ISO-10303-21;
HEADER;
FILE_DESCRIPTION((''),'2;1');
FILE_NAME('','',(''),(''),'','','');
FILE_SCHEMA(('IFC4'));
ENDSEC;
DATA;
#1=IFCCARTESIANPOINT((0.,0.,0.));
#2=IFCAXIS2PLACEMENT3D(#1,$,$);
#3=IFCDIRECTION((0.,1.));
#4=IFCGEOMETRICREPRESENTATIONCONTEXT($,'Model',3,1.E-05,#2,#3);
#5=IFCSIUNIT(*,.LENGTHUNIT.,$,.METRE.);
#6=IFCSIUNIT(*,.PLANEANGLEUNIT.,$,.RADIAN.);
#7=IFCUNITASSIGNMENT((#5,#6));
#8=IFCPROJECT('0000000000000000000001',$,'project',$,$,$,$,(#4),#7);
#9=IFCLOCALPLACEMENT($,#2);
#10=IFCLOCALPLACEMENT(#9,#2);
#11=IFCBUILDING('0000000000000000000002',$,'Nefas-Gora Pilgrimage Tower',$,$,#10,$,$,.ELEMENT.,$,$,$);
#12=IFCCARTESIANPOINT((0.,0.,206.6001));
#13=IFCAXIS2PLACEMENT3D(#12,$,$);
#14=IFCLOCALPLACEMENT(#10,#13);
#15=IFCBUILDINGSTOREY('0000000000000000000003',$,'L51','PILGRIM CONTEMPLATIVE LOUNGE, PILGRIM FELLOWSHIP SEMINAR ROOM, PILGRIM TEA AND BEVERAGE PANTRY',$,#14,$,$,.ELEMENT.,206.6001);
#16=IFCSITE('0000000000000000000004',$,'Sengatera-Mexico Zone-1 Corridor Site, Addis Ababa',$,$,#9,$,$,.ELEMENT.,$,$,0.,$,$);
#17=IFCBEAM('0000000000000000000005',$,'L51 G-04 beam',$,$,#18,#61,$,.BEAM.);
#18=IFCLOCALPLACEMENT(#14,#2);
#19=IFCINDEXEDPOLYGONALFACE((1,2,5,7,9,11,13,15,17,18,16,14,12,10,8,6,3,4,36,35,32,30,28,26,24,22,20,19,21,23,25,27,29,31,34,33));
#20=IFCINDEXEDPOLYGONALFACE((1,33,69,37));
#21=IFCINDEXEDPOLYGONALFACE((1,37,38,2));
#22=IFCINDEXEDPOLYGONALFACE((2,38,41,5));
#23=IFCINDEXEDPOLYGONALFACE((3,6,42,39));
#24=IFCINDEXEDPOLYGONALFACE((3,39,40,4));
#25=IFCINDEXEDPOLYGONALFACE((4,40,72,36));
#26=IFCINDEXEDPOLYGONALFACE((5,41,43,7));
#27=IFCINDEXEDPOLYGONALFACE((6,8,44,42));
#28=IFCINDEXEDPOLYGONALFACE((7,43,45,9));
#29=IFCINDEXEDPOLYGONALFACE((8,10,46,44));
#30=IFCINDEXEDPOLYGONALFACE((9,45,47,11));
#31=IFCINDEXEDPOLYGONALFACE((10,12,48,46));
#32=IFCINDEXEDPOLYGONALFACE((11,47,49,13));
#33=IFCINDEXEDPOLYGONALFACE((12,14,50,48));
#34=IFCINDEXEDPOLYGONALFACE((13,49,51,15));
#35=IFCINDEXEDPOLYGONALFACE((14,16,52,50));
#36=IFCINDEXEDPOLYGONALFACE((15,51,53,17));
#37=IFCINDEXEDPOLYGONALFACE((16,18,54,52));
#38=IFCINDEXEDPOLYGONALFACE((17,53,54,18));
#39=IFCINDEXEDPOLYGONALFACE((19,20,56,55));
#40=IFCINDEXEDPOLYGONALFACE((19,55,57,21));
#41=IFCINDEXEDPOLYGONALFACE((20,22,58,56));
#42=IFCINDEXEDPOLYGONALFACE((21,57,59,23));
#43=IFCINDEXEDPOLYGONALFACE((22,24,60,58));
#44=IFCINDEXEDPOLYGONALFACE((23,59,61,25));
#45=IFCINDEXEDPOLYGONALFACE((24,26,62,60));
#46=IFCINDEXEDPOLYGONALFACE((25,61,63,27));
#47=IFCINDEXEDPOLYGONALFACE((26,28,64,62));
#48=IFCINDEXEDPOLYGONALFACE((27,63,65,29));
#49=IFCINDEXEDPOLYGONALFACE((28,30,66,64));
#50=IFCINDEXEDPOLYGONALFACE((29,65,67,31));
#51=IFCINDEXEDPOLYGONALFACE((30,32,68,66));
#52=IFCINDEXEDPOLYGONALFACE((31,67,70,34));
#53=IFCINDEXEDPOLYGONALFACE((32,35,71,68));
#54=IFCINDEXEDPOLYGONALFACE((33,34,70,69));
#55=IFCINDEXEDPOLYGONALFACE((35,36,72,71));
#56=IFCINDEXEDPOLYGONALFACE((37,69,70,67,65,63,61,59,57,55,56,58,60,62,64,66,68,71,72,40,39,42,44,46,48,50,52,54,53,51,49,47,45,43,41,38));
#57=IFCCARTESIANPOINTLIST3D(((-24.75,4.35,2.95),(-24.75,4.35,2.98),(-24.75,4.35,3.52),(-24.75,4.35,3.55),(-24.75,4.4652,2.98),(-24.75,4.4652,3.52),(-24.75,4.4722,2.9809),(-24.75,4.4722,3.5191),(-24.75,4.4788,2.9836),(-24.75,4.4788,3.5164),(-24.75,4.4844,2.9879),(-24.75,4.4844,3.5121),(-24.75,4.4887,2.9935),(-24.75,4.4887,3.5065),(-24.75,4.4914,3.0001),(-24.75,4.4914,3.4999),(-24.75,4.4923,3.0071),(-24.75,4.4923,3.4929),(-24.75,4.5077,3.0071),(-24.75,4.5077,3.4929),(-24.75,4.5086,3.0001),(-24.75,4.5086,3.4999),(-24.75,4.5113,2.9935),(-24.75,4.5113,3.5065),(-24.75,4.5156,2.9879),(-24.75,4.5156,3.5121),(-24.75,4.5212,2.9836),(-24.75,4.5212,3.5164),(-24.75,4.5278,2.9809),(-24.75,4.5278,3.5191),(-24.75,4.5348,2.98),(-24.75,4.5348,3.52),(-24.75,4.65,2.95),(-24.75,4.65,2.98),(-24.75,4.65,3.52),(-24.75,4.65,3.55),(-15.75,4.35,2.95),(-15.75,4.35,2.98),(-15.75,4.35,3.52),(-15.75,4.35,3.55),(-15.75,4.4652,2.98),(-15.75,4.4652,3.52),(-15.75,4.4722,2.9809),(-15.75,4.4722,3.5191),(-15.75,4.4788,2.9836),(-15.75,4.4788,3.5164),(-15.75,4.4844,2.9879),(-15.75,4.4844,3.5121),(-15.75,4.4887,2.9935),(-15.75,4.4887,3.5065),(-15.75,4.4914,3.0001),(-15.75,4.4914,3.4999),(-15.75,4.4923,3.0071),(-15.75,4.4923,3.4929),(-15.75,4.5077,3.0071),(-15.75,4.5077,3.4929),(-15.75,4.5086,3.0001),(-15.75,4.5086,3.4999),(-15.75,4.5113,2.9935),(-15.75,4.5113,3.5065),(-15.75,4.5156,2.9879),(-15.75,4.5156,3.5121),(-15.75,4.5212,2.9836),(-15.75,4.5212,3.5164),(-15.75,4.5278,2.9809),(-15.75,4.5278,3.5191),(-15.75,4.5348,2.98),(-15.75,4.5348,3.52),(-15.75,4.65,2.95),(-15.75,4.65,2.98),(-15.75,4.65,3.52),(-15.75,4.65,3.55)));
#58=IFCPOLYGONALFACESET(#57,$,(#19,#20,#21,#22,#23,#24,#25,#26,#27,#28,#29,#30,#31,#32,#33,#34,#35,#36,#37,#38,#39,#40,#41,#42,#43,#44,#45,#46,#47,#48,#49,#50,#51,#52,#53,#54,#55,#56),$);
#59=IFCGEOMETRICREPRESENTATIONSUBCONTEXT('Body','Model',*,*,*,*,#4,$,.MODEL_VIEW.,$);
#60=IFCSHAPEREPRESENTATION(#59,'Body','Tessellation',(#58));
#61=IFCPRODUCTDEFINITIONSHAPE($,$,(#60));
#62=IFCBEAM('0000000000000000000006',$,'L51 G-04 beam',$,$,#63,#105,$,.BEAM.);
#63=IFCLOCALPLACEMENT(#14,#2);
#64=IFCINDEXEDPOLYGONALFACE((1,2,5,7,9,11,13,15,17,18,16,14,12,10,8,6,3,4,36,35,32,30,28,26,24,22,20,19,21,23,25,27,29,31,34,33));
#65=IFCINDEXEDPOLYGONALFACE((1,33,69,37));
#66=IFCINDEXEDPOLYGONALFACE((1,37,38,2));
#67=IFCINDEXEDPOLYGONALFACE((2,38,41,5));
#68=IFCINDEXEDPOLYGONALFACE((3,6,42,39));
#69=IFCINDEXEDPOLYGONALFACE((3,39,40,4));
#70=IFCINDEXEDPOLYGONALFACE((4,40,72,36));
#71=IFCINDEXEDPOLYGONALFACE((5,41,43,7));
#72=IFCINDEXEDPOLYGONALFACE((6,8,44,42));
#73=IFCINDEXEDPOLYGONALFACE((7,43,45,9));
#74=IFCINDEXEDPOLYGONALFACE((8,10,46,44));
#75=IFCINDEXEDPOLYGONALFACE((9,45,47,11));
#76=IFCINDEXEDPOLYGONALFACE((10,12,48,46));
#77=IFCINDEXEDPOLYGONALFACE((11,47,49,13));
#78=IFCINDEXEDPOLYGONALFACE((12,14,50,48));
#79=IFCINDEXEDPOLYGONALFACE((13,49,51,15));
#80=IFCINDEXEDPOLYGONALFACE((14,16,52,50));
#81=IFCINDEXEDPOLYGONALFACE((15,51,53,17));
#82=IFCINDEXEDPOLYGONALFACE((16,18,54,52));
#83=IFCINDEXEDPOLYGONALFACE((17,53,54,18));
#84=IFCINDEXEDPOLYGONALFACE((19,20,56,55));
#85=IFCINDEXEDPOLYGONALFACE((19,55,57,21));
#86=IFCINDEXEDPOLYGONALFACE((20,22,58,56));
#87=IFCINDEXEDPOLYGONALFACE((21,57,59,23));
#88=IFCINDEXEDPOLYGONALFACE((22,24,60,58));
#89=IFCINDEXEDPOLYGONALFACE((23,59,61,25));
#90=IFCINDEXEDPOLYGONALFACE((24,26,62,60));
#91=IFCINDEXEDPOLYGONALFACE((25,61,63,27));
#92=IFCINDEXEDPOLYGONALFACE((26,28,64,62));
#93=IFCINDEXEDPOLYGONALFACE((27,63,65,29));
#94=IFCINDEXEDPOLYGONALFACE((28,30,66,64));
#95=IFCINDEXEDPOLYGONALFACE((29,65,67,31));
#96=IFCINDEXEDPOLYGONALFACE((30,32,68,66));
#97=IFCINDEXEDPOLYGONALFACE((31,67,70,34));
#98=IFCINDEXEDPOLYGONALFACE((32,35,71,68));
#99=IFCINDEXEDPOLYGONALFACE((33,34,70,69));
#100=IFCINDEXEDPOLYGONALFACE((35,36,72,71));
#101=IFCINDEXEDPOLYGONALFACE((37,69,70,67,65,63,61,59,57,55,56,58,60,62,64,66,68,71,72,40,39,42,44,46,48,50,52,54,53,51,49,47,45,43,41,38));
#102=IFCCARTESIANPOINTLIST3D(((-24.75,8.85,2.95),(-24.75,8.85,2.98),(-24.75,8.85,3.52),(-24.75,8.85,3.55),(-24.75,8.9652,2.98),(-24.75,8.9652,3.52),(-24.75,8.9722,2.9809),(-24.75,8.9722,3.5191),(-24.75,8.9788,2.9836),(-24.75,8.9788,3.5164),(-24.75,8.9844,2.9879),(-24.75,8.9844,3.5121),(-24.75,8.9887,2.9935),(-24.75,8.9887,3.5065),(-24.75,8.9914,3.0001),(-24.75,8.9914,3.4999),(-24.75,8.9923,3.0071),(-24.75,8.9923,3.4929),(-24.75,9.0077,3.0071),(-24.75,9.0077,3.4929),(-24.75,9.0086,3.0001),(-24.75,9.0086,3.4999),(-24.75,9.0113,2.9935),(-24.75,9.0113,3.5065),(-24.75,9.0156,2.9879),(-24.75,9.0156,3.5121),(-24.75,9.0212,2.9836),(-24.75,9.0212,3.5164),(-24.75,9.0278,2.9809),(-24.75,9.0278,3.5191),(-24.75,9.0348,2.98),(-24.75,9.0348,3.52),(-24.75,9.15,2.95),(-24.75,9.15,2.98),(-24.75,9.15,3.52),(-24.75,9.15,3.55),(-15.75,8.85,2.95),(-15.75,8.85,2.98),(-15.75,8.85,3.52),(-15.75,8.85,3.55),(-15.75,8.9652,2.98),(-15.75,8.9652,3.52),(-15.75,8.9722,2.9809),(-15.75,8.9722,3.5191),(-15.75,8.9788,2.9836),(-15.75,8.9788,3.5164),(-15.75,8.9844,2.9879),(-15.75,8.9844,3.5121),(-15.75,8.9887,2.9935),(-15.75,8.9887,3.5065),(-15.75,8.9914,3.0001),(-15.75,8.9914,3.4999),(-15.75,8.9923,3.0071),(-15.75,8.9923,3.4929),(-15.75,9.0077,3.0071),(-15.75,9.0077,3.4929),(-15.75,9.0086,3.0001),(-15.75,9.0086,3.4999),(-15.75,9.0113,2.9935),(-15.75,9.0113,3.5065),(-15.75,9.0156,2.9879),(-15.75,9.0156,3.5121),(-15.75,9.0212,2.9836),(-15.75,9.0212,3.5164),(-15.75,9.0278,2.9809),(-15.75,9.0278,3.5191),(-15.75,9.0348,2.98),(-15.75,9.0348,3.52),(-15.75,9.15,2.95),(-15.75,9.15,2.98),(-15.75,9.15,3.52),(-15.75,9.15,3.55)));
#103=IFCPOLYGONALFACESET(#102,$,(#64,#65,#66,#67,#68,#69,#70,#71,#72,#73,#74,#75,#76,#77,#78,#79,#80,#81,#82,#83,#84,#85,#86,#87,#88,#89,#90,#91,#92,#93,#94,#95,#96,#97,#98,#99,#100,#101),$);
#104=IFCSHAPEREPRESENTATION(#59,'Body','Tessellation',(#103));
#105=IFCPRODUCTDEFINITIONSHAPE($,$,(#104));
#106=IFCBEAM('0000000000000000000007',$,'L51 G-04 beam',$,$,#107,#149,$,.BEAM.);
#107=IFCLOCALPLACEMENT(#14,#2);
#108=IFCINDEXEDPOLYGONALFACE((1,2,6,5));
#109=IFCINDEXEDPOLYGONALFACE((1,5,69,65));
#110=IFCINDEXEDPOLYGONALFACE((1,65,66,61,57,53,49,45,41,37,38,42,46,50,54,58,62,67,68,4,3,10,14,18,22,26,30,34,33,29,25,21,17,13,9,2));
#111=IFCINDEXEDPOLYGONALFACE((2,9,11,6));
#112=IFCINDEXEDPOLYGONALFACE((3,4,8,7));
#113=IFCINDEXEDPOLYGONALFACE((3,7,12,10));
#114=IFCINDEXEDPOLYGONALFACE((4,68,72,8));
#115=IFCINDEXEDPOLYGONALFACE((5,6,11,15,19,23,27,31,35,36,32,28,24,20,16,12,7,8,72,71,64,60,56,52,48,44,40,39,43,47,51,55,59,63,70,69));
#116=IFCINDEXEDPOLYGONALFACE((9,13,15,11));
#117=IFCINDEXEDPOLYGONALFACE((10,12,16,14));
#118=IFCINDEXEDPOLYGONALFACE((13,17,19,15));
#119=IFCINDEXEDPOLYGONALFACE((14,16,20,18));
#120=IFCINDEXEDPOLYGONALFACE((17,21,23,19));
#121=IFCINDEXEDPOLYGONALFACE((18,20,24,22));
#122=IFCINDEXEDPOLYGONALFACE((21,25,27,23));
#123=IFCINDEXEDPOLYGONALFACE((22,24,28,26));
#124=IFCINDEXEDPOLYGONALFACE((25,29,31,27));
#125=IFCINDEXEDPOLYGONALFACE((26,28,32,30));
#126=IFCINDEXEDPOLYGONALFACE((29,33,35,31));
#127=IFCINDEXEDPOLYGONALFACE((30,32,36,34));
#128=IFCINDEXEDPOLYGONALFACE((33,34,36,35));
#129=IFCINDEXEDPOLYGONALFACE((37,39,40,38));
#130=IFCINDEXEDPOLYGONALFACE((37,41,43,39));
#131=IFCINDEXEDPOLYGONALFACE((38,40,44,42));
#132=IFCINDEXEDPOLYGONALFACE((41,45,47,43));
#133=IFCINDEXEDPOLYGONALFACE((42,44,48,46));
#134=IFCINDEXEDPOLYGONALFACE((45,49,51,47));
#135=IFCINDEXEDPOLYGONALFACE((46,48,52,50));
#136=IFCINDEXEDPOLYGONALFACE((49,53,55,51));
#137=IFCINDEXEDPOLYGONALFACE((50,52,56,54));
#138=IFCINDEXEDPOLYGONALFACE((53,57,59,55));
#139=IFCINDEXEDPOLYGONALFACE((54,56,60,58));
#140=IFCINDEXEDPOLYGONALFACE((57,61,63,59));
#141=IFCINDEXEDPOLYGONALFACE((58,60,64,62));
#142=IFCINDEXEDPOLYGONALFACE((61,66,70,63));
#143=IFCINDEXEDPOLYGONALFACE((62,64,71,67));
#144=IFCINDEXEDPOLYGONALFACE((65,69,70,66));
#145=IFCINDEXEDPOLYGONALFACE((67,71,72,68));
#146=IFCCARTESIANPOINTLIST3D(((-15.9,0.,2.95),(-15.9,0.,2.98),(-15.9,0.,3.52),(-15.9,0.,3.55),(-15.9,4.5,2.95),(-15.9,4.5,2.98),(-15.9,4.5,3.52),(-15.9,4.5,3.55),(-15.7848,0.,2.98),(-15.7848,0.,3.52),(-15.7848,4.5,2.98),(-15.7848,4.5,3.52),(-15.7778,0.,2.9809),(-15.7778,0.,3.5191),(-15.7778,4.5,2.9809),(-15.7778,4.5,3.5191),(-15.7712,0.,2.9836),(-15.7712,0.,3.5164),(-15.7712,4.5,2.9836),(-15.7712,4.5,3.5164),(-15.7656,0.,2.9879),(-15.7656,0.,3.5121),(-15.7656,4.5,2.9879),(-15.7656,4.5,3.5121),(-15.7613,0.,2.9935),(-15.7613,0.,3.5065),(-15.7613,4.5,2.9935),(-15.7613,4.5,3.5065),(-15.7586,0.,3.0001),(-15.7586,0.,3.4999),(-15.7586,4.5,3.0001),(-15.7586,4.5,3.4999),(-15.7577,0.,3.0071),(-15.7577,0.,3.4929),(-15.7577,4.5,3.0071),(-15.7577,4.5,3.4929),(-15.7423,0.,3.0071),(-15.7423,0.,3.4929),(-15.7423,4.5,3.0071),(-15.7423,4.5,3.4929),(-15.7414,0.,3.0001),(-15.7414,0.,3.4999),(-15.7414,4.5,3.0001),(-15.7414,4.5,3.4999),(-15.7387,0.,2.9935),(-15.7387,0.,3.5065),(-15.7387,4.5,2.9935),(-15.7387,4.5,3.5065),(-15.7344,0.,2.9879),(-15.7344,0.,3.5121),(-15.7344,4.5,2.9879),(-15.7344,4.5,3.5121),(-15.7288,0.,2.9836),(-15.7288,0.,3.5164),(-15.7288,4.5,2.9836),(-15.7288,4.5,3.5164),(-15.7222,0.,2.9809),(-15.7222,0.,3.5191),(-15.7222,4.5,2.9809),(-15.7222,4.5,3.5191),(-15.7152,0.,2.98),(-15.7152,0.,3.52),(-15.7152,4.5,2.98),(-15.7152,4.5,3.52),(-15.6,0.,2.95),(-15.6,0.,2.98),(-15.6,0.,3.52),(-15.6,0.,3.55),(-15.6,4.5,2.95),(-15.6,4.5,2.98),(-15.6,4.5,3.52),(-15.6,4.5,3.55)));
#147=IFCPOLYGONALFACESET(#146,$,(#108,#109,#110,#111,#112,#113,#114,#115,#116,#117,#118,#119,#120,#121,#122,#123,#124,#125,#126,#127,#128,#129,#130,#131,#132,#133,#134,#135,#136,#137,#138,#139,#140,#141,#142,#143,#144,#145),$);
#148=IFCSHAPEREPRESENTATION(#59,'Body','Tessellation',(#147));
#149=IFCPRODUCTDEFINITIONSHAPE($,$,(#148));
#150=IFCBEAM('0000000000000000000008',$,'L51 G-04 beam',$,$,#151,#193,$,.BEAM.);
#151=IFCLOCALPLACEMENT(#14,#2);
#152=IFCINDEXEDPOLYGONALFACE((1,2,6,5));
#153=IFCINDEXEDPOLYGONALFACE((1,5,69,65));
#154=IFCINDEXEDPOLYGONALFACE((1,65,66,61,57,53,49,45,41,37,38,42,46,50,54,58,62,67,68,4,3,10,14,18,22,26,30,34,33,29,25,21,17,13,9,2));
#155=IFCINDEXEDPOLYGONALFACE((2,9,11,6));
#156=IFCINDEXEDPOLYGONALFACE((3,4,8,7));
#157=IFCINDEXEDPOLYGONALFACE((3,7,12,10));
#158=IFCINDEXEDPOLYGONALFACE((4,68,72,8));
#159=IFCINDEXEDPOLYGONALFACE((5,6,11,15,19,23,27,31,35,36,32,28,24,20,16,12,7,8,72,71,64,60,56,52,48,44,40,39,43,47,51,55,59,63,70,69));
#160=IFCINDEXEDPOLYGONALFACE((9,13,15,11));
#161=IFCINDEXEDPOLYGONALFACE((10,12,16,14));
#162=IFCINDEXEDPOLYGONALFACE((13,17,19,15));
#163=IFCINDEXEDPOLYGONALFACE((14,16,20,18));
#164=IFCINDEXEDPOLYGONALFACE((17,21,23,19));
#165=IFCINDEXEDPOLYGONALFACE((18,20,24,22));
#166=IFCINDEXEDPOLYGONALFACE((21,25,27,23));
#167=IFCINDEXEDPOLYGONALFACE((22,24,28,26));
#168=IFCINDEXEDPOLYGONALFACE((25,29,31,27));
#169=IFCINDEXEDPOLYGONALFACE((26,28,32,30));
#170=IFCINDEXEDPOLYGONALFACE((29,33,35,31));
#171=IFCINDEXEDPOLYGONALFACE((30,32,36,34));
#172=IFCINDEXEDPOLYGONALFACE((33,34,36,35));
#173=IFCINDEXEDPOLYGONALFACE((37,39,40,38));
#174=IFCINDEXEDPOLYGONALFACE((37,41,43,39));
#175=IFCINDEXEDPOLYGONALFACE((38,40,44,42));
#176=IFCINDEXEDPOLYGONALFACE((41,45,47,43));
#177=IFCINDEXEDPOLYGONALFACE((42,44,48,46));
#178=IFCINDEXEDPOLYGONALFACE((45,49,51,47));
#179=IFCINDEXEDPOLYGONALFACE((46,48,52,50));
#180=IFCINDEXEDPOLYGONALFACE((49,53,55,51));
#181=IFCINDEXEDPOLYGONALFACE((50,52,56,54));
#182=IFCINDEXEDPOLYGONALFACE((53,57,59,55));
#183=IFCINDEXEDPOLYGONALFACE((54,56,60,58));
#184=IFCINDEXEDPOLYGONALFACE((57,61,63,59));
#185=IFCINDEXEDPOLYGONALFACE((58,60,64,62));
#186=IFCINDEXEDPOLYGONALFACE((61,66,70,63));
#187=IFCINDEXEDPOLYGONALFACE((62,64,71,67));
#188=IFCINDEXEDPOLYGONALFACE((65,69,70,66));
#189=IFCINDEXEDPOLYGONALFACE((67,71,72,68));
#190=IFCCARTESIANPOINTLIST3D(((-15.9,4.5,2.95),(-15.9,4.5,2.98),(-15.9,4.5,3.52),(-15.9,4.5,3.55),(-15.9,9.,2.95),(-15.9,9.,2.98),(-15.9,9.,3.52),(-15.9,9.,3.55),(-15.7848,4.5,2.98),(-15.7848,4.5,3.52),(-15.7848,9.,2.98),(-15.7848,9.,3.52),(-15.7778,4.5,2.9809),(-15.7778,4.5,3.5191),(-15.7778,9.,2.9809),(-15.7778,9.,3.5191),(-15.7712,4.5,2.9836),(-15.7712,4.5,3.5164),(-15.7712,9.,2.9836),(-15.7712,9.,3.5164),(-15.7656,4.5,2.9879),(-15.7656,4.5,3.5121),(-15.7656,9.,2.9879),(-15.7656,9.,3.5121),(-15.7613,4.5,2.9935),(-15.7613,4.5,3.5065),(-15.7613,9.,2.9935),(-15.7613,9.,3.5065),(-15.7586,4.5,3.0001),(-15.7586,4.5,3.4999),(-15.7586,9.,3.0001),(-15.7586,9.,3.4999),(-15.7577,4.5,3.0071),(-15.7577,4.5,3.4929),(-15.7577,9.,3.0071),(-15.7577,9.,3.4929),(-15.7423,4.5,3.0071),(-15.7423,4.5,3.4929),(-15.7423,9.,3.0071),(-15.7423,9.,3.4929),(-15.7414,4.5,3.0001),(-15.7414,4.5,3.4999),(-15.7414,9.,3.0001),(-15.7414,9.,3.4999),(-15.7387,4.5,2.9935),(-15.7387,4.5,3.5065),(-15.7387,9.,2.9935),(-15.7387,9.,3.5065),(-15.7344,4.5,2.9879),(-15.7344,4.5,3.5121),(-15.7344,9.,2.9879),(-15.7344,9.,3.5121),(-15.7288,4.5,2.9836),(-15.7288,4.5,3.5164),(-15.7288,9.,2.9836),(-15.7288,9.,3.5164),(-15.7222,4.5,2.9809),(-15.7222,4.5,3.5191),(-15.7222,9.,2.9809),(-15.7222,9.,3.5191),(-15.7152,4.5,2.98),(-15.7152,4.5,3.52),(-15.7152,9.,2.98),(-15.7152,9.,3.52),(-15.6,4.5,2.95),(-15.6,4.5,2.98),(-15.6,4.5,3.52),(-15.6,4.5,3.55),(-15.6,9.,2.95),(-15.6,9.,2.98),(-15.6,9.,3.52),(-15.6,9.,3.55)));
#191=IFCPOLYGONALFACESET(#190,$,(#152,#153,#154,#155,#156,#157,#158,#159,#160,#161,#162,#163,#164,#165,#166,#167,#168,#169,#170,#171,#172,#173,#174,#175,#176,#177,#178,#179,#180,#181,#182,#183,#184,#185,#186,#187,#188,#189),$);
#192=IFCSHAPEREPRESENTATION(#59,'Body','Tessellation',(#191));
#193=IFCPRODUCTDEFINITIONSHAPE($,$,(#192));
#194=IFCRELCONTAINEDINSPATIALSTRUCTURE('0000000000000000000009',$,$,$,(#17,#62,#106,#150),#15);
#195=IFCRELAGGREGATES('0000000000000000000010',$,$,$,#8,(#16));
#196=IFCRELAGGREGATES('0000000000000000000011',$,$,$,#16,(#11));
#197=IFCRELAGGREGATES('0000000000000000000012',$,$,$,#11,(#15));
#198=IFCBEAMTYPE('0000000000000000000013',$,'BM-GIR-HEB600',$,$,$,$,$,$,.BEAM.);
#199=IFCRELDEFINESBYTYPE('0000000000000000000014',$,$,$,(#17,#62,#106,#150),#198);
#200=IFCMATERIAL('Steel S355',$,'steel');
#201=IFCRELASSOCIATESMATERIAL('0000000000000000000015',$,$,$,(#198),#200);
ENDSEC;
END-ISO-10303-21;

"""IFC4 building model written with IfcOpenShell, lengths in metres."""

from ifc_helpers import new_model, si_unit, direction, frame, origin, origin_2d, place, context, subcontext, project, spatial, i_section, extrude, source, transform, mapped, material, material_profile, profile_set, type_object, element, save


model = new_model("IFC4")

# Units and contexts
model_context = context("Model", 3, precision=1e-05, world=origin(), true_north=direction((0.0, 1.0)))
body_context = subcontext(model_context, "Body", "Model", "MODEL_VIEW")
ifc_project = project(units=[si_unit("LENGTHUNIT", "METRE"), si_unit("PLANEANGLEUNIT", "RADIAN")], contexts=[model_context])

# Site, building, storey
site_placement = place(None, origin())
site = spatial("IfcSite", under=ifc_project, at=site_placement, Name="Sengatera-Mexico Zone-1 Corridor Site, Addis Ababa", CompositionType="ELEMENT", RefElevation=0.0)
building_placement = place(site_placement, origin())
building = spatial("IfcBuilding", under=site, at=building_placement, Name="Nefas-Gora Pilgrimage Tower", CompositionType="ELEMENT")
storey_placement = place(building_placement, frame((0.0, 0.0, 206.6001)))
storey = spatial("IfcBuildingStorey", under=building, at=storey_placement, Name="L51", Description="PILGRIM CONTEMPLATIVE LOUNGE, PILGRIM FELLOWSHIP SEMINAR ROOM, PILGRIM TEA AND BEVERAGE PANTRY", CompositionType="ELEMENT", Elevation=206.6001)

# Beams
ifc_material_1 = material(Name="Steel S355", Category="steel")
ifc_material_profile_1 = material_profile(ifc_material_1, i_section(OverallWidth=0.3, OverallDepth=0.6001, WebThickness=0.0154, FlangeThickness=0.03, FilletRadius=0.0271, at=origin_2d()), Name="HEB 600")
ifc_profile_set_1 = profile_set([ifc_material_profile_1], Name="Steel S355")
beam_type_1 = type_object("IfcBeamType", Name="BM-GIR-HEB600", PredefinedType="BEAM", material=ifc_profile_set_1)
shared_shape_1 = source(origin(), body_context, "Body", "SweptSolid", [
    extrude(i_section(OverallWidth=0.3, OverallDepth=0.6001, WebThickness=0.0154, FlangeThickness=0.03, FilletRadius=0.0271, at=origin_2d()), origin(), (0.0, 0.0, 1.0), 9.0),
])
for number, where, z_axis, x_axis, name in (
    (1, (-24.75, 4.5, 3.25), (1.0, 0.0, 0.0), (0.0, 1.0, 0.0), "L51 G-04 beam"),
    (2, (-24.75, 9.0, 3.25), (1.0, 0.0, 0.0), (0.0, 1.0, 0.0), "L51 G-04 beam"),
):
    element("IfcBeam", number, at=place(storey_placement, frame(where, z_axis=z_axis, x_axis=x_axis)), inside=storey, type_object=beam_type_1, Name=name, PredefinedType="BEAM", context=body_context, shape_type="MappedRepresentation", body=[
        mapped(shared_shape_1, transform((0.0, 0.0, 0.0), x_axis=(1.0, 0.0, 0.0), y_axis=(0.0, 1.0, 0.0), z_axis=(0.0, 0.0, 1.0), scale=1.0)),
    ])
shared_shape_2 = source(origin(), body_context, "Body", "SweptSolid", [
    extrude(i_section(OverallWidth=0.3, OverallDepth=0.6001, WebThickness=0.0154, FlangeThickness=0.03, FilletRadius=0.0271, at=origin_2d()), origin(), (0.0, 0.0, 1.0), 4.5),
])
for number, where, z_axis, x_axis, name in (
    (3, (-15.75, 0.0, 3.25), (0.0, 1.0, 0.0), (-1.0, 0.0, 0.0), "L51 G-04 beam"),
    (4, (-15.75, 4.5, 3.25), (0.0, 1.0, 0.0), (-1.0, 0.0, 0.0), "L51 G-04 beam"),
):
    element("IfcBeam", number, at=place(storey_placement, frame(where, z_axis=z_axis, x_axis=x_axis)), inside=storey, type_object=beam_type_1, Name=name, PredefinedType="BEAM", context=body_context, shape_type="MappedRepresentation", body=[
        mapped(shared_shape_2, transform((0.0, 0.0, 0.0), x_axis=(1.0, 0.0, 0.0), y_axis=(0.0, 1.0, 0.0), z_axis=(0.0, 0.0, 1.0), scale=1.0)),
    ])

save(model, "model.ifc")
